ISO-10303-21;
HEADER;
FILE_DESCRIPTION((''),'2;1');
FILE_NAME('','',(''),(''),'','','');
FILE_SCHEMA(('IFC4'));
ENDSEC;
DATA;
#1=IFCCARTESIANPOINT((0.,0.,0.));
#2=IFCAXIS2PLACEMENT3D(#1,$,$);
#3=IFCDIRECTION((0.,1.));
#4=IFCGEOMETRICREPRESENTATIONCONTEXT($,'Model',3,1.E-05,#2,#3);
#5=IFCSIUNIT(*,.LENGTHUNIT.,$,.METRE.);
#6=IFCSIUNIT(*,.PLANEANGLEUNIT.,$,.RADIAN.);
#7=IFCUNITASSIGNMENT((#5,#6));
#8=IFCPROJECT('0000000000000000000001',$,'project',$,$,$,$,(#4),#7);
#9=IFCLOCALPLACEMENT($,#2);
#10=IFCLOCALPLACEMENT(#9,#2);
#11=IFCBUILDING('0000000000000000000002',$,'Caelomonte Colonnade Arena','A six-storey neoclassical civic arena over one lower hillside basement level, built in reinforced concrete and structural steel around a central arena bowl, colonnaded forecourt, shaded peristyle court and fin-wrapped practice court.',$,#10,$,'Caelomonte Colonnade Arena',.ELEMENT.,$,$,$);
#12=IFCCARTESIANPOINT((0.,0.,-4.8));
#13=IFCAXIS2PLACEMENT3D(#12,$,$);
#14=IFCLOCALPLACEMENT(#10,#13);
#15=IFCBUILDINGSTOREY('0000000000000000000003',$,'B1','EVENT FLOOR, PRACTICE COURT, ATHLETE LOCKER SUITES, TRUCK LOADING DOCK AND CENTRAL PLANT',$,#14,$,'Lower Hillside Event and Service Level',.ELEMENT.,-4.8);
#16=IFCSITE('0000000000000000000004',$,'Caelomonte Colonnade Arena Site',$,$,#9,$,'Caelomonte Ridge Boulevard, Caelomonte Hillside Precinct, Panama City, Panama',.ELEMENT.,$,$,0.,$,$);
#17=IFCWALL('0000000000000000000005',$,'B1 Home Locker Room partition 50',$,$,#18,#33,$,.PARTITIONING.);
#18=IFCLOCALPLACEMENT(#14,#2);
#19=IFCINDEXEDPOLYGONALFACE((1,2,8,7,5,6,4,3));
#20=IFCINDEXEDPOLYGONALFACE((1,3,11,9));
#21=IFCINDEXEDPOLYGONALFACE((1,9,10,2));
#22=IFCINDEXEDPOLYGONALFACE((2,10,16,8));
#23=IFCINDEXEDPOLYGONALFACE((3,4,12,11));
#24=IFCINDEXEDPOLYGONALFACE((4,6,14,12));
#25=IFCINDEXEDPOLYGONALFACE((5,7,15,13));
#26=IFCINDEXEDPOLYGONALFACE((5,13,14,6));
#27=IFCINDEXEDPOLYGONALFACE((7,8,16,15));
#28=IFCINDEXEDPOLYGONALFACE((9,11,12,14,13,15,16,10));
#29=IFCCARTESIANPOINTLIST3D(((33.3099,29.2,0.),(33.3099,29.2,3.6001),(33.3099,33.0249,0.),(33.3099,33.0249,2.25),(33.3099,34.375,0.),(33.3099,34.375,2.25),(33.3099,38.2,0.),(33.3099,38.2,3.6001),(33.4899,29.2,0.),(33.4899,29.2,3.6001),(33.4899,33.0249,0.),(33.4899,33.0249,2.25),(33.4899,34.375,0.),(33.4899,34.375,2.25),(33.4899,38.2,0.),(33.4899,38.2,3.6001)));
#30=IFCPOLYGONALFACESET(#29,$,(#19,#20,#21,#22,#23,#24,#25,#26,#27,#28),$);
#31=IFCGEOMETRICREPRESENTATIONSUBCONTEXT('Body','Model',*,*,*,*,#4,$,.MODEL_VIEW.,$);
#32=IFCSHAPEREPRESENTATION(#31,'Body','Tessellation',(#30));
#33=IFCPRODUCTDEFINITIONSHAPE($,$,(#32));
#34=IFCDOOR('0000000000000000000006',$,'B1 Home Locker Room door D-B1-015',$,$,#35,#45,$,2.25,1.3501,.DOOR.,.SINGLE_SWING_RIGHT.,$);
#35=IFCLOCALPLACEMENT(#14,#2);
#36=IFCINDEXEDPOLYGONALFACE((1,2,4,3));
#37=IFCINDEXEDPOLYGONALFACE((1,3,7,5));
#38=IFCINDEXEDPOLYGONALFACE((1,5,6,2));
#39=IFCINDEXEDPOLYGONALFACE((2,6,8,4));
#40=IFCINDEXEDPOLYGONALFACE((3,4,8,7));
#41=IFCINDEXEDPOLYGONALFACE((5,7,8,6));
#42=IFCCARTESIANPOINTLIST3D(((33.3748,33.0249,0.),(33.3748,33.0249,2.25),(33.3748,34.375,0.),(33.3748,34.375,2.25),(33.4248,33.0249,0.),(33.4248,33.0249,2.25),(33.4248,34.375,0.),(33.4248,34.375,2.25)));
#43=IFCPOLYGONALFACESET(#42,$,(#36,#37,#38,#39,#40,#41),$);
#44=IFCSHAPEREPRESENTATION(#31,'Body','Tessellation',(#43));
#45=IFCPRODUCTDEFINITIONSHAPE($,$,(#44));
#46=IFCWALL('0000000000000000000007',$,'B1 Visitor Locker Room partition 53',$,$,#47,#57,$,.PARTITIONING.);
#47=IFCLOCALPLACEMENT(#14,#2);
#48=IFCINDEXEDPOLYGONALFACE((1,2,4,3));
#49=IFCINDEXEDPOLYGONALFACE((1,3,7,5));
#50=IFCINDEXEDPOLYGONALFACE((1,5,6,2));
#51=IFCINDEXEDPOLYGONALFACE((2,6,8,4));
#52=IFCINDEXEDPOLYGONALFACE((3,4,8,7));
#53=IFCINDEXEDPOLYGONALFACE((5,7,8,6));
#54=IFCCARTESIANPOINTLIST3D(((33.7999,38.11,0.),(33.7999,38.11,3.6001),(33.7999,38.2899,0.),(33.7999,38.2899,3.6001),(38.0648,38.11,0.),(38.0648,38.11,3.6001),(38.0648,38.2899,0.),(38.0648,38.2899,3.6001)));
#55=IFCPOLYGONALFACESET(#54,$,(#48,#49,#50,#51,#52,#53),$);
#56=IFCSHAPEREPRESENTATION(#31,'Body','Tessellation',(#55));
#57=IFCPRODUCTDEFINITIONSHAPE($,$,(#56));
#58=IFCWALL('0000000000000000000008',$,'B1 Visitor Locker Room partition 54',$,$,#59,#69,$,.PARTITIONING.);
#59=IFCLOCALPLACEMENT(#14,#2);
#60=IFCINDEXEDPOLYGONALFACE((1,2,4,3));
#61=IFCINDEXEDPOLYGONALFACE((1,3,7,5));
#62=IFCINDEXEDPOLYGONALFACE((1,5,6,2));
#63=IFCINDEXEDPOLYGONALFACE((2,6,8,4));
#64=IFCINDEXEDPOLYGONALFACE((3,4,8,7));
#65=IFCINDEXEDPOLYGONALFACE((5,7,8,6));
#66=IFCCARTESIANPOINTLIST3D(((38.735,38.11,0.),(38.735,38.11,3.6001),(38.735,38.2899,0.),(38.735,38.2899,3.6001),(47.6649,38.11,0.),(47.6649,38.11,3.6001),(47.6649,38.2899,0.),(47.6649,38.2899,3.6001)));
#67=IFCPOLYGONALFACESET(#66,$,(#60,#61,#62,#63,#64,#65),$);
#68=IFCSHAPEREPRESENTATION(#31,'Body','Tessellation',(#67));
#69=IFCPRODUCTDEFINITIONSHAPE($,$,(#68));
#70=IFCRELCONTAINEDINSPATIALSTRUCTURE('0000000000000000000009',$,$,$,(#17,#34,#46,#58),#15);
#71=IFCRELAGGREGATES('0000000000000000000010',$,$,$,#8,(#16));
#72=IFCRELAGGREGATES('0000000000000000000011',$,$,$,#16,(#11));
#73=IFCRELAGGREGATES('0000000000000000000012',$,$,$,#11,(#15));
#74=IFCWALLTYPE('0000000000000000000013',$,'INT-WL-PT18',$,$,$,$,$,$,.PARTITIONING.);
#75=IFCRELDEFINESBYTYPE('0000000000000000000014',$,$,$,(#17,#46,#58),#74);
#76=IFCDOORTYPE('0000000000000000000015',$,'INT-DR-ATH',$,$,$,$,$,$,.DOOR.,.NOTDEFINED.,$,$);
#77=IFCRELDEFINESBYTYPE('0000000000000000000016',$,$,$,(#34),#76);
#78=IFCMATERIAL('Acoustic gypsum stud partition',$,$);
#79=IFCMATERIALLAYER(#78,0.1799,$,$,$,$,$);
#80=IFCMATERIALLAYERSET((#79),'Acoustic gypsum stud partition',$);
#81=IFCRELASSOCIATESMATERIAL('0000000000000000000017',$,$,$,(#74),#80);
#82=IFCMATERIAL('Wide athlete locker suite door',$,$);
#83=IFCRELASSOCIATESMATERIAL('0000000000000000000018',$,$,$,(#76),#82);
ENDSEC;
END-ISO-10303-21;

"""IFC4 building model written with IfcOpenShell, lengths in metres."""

from ifc_helpers import new_model, si_unit, direction, frame, frame_2d, origin, place, context, subcontext, project, spatial, rectangle, extrude, material, layer, layer_set, type_object, element, fill, save


model = new_model("IFC4")

# Units and contexts
model_context = context("Model", 3, precision=1e-05, world=origin(), true_north=direction((0.0, 1.0)))
body_context = subcontext(model_context, "Body", "Model", "MODEL_VIEW")
ifc_project = project(units=[si_unit("LENGTHUNIT", "METRE"), si_unit("PLANEANGLEUNIT", "RADIAN")], contexts=[model_context])

# Site, building, storey
site_placement = place(None, origin())
site = spatial("IfcSite", under=ifc_project, at=site_placement, Name="Caelomonte Colonnade Arena Site", LongName="Caelomonte Ridge Boulevard, Caelomonte Hillside Precinct, Panama City, Panama", CompositionType="ELEMENT", RefElevation=0.0)
building_placement = place(site_placement, origin())
building = spatial("IfcBuilding", under=site, at=building_placement, Name="Caelomonte Colonnade Arena", Description="A six-storey neoclassical civic arena over one lower hillside basement level, built in reinforced concrete and structural steel around a central arena bowl, colonnaded forecourt, shaded peristyle court and fin-wrapped practice court.", LongName="Caelomonte Colonnade Arena", CompositionType="ELEMENT")
storey_placement = place(building_placement, frame((0.0, 0.0, -4.8)))
storey = spatial("IfcBuildingStorey", under=building, at=storey_placement, Name="B1", Description="EVENT FLOOR, PRACTICE COURT, ATHLETE LOCKER SUITES, TRUCK LOADING DOCK AND CENTRAL PLANT", LongName="Lower Hillside Event and Service Level", CompositionType="ELEMENT", Elevation=-4.8)

# Shared definitions
ifc_material_1 = material(Name="Acoustic gypsum stud partition")
ifc_layer_1 = layer(ifc_material_1, 0.1799)
ifc_layer_set_1 = layer_set([ifc_layer_1], Name="Acoustic gypsum stud partition")
wall_type_1 = type_object("IfcWallType", Name="INT-WL-PT18", PredefinedType="PARTITIONING", material=ifc_layer_set_1)

# Wall, opening, door
wall_1_placement = place(storey_placement, frame((33.3999, 38.2, 0.0), z_axis=(0.0, 0.0, 1.0), x_axis=(0.0, -1.0, 0.0)))
wall_1 = element("IfcWall", 1, at=wall_1_placement, inside=storey, type_object=wall_type_1, Name="B1 Home Locker Room partition 50", PredefinedType="PARTITIONING", context=body_context, shape_type="SweptSolid", body=[
    extrude(rectangle(XDim=9.0, YDim=0.1799, at=frame_2d((4.5, 0.0))), origin(), (0.0, 0.0, 1.0), 3.6001),
])
opening_placement = place(wall_1_placement, frame((3.825, 0.0, 0.0), z_axis=(0.0, 0.0, 1.0), x_axis=(1.0, 0.0, 0.0)))
opening = element("IfcOpeningElement", 2, at=opening_placement, cuts=wall_1, PredefinedType="OPENING", context=body_context, shape_type="SweptSolid", body=[
    extrude(rectangle(XDim=1.3501, YDim=2.25, at=frame_2d((0.675, 1.125))), frame((0.0, 0.0999, 0.0), z_axis=(0.0, -1.0, 0.0), x_axis=(1.0, 0.0, 0.0)), (0.0, 0.0, 1.0), 0.2),
])
ifc_material_2 = material(Name="Wide athlete locker suite door")
door_type = type_object("IfcDoorType", Name="INT-DR-ATH", OperationType="NOTDEFINED", PredefinedType="DOOR", material=ifc_material_2)
door_placement = place(opening_placement, origin())
door = element("IfcDoor", 3, at=door_placement, inside=storey, type_object=door_type, Name="B1 Home Locker Room door D-B1-015", OperationType="SINGLE_SWING_RIGHT", OverallHeight=2.25, OverallWidth=1.3501, PredefinedType="DOOR", context=body_context, shape_type="SweptSolid", body=[
    extrude(rectangle(XDim=1.3501, YDim=2.25, at=frame_2d((0.675, 1.125))), frame((0.0, 0.0249, 0.0), z_axis=(0.0, -1.0, 0.0), x_axis=(1.0, 0.0, 0.0)), (0.0, 0.0, 1.0), 0.05),
])
fill(opening, door)

# Walls
wall_2_placement = place(storey_placement, frame((33.8, 38.2, 0.0), z_axis=(0.0, 0.0, 1.0), x_axis=(1.0, 0.0, 0.0)))
element("IfcWall", 4, at=wall_2_placement, inside=storey, type_object=wall_type_1, Name="B1 Visitor Locker Room partition 53", PredefinedType="PARTITIONING", context=body_context, shape_type="SweptSolid", body=[
    extrude(rectangle(XDim=4.2649, YDim=0.1799, at=frame_2d((2.1323, 0.0))), origin(), (0.0, 0.0, 1.0), 3.6001),
])
wall_3_placement = place(storey_placement, frame((38.7351, 38.2, 0.0), z_axis=(0.0, 0.0, 1.0), x_axis=(1.0, 0.0, 0.0)))
element("IfcWall", 5, at=wall_3_placement, inside=storey, type_object=wall_type_1, Name="B1 Visitor Locker Room partition 54", PredefinedType="PARTITIONING", context=body_context, shape_type="SweptSolid", body=[
    extrude(rectangle(XDim=8.9299, YDim=0.1799, at=frame_2d((4.4648, 0.0))), origin(), (0.0, 0.0, 1.0), 3.6001),
])

save(model, "model.ifc")
